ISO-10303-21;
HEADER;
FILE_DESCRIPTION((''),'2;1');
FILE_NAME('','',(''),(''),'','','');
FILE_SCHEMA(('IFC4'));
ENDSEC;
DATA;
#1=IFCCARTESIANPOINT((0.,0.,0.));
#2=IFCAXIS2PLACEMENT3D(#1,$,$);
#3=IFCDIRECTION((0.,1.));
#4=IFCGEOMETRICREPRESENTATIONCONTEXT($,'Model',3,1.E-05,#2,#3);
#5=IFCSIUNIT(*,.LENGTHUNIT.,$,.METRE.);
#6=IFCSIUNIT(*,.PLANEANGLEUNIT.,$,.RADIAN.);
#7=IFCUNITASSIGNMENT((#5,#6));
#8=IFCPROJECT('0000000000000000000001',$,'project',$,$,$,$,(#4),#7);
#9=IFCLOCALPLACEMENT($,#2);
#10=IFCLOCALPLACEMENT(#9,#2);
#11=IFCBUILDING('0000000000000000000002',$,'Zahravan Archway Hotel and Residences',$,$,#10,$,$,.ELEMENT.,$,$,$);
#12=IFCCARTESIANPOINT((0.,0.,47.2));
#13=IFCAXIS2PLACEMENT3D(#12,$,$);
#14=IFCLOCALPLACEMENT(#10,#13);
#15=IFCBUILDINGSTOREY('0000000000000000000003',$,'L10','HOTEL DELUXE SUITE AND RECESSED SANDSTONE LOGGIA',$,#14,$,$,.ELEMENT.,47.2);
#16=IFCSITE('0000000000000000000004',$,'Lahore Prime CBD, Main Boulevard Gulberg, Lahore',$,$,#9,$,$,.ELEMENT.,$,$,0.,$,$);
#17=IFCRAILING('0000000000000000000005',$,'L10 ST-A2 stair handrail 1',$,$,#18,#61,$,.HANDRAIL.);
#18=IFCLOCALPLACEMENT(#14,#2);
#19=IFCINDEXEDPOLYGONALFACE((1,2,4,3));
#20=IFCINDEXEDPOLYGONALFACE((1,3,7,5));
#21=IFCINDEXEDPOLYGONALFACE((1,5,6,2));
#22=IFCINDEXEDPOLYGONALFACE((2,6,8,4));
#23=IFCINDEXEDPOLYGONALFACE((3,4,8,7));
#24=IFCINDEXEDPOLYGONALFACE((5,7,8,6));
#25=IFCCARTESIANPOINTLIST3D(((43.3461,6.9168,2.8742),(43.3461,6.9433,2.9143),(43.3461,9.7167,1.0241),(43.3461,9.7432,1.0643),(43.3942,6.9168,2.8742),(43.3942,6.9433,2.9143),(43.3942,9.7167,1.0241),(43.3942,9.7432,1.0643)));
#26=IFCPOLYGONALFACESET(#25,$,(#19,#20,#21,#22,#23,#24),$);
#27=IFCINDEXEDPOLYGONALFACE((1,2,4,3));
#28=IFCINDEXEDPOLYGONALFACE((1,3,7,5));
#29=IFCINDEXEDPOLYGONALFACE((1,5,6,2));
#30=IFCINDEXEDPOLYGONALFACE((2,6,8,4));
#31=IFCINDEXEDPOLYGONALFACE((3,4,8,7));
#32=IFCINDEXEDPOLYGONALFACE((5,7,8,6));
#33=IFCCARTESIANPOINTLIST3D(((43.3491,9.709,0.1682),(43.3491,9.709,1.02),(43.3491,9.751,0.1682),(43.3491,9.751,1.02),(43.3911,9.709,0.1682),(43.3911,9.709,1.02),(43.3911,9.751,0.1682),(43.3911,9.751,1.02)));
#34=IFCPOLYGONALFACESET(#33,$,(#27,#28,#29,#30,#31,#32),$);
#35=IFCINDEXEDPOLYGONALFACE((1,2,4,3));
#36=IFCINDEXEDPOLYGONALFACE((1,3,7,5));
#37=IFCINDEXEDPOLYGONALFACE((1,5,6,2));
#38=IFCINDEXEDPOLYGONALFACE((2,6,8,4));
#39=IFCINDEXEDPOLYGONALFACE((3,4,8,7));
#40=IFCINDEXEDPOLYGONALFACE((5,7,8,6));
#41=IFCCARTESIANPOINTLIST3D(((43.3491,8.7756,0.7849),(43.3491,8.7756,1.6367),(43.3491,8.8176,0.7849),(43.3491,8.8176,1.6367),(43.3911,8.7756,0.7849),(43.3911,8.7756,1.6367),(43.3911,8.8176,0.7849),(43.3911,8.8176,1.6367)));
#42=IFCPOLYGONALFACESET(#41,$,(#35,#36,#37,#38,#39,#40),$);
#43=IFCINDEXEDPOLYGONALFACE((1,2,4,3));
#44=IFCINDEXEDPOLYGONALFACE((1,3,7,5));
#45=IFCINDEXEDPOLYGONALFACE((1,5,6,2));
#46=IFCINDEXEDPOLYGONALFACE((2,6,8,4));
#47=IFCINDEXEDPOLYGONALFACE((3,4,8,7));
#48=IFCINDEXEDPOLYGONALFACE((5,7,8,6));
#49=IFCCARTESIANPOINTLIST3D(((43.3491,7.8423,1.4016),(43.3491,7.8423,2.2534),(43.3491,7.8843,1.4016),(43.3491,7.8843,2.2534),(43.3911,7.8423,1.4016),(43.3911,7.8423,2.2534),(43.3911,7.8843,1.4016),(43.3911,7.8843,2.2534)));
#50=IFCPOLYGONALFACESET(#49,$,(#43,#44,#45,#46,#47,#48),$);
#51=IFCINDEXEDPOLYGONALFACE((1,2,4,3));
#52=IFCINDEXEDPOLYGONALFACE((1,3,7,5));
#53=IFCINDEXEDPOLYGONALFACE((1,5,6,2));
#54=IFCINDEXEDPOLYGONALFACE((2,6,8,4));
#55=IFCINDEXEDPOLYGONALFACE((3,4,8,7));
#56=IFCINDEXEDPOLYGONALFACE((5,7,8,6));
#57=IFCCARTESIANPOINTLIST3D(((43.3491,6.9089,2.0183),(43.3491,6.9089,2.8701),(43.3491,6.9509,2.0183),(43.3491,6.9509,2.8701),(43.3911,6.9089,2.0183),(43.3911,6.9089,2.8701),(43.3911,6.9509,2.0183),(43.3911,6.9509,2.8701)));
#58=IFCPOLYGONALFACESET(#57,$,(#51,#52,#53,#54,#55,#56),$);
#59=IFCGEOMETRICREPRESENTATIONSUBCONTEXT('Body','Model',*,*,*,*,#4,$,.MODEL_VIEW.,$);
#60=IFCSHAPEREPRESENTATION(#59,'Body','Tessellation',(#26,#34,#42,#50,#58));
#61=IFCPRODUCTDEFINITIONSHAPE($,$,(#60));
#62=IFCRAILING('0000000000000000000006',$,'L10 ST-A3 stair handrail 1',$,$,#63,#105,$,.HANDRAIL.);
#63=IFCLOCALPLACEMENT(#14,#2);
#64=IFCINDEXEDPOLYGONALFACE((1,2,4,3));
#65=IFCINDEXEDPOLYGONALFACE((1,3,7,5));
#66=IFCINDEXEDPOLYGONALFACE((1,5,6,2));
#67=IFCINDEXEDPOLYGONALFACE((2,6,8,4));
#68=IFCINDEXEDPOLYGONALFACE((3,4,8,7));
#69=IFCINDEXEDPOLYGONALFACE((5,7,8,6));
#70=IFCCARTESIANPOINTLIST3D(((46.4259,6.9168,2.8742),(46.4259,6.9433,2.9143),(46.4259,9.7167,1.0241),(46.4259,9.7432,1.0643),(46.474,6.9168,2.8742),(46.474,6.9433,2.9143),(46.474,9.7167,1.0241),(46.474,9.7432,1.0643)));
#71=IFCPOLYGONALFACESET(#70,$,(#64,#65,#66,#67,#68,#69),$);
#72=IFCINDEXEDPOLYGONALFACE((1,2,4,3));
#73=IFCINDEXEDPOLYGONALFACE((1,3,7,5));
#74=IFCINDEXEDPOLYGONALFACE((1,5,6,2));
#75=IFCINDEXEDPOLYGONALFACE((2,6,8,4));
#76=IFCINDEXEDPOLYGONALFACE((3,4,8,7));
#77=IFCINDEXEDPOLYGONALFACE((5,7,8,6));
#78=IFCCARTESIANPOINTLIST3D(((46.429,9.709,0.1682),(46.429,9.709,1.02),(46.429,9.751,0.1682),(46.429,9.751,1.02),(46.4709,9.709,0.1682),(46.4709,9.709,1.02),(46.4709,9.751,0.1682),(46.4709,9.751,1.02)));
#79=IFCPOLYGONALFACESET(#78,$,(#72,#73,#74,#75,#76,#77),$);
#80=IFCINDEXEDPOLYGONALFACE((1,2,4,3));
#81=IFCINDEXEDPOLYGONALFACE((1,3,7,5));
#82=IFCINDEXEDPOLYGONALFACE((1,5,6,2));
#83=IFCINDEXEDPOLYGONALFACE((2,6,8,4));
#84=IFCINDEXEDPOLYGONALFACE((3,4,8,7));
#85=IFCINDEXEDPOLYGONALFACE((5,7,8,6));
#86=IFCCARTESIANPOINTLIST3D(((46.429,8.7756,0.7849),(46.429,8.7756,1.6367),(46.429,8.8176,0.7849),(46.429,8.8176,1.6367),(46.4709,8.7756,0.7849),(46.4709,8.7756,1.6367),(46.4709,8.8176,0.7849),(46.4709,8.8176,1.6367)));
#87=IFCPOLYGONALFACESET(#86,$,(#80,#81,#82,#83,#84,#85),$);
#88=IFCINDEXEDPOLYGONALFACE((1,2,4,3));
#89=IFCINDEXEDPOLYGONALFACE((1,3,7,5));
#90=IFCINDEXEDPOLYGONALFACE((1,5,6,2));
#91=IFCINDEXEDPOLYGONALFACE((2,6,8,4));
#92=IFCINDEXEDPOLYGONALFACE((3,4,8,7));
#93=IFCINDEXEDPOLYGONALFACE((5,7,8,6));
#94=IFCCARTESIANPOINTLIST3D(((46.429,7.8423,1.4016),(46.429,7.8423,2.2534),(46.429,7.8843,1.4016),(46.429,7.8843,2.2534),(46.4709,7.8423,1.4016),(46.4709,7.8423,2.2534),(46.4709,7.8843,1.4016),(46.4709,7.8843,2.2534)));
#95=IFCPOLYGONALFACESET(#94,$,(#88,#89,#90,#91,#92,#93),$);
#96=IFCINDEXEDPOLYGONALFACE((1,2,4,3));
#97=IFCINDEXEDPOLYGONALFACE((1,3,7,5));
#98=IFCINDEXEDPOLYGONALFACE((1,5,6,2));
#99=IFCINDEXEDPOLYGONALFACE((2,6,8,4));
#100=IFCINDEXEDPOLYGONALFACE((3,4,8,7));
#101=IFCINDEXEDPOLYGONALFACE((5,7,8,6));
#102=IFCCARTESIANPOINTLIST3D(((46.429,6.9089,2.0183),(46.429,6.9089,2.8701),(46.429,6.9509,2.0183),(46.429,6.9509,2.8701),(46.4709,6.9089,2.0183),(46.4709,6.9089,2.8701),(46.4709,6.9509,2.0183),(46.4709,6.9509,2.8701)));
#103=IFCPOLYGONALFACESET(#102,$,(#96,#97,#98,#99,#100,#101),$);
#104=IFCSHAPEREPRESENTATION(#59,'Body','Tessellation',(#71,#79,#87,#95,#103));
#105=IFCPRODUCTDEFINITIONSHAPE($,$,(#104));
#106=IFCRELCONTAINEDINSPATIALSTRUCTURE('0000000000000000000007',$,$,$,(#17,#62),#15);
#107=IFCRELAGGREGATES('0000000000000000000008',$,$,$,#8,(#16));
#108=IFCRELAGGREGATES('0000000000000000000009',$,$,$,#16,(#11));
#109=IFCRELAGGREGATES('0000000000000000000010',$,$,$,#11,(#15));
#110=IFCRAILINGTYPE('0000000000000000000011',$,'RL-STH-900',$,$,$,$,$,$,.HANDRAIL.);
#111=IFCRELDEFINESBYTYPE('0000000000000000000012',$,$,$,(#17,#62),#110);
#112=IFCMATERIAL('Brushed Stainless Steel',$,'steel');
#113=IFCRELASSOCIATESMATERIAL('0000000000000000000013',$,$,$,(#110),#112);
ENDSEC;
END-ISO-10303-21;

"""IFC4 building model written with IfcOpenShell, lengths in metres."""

from ifc_helpers import new_model, si_unit, direction, frame, origin, origin_2d, place, context, subcontext, project, spatial, rectangle, extrude, material, type_object, element, save


model = new_model("IFC4")

# Units and contexts
model_context = context("Model", 3, precision=1e-05, world=origin(), true_north=direction((0.0, 1.0)))
body_context = subcontext(model_context, "Body", "Model", "MODEL_VIEW")
ifc_project = project(units=[si_unit("LENGTHUNIT", "METRE"), si_unit("PLANEANGLEUNIT", "RADIAN")], contexts=[model_context])

# Site, building, storey
site_placement = place(None, origin())
site = spatial("IfcSite", under=ifc_project, at=site_placement, Name="Lahore Prime CBD, Main Boulevard Gulberg, Lahore", CompositionType="ELEMENT", RefElevation=0.0)
building_placement = place(site_placement, origin())
building = spatial("IfcBuilding", under=site, at=building_placement, Name="Zahravan Archway Hotel and Residences", CompositionType="ELEMENT")
storey_placement = place(building_placement, frame((0.0, 0.0, 47.2)))
storey = spatial("IfcBuildingStorey", under=building, at=storey_placement, Name="L10", Description="HOTEL DELUXE SUITE AND RECESSED SANDSTONE LOGGIA", CompositionType="ELEMENT", Elevation=47.2)

# Shared definitions
ifc_material_1 = material(Name="Brushed Stainless Steel", Category="steel")

# Railings
railing_type_1 = type_object("IfcRailingType", Name="RL-STH-900", PredefinedType="HANDRAIL", material=ifc_material_1)
for number, where, name in (
    (1, (43.3701, 9.73, 0.1682), "L10 ST-A2 stair handrail 1"),
    (2, (46.45, 9.73, 0.1682), "L10 ST-A3 stair handrail 1"),
):
    element("IfcRailing", number, at=place(storey_placement, frame(where)), inside=storey, type_object=railing_type_1, Name=name, PredefinedType="HANDRAIL", context=body_context, shape_type="SweptSolid", body=[
        extrude(rectangle(XDim=0.0481, YDim=0.0481, at=origin_2d()), frame((0.0, 0.0, 0.876), z_axis=(0.0, -0.834326, 0.551271), x_axis=(1.0, 0.0, 0.0)), (0.0, 0.0, 1.0), 3.356),
        extrude(rectangle(XDim=0.042, YDim=0.042, at=origin_2d()), origin(), (0.0, 0.0, 1.0), 0.8518),
        extrude(rectangle(XDim=0.042, YDim=0.042, at=origin_2d()), frame((0.0, -0.9333, 0.6167)), (0.0, 0.0, 1.0), 0.8518),
        extrude(rectangle(XDim=0.042, YDim=0.042, at=origin_2d()), frame((0.0, -1.8667, 1.2334)), (0.0, 0.0, 1.0), 0.8518),
        extrude(rectangle(XDim=0.042, YDim=0.042, at=origin_2d()), frame((0.0, -2.8, 1.8501)), (0.0, 0.0, 1.0), 0.8518),
    ])

save(model, "model.ifc")
